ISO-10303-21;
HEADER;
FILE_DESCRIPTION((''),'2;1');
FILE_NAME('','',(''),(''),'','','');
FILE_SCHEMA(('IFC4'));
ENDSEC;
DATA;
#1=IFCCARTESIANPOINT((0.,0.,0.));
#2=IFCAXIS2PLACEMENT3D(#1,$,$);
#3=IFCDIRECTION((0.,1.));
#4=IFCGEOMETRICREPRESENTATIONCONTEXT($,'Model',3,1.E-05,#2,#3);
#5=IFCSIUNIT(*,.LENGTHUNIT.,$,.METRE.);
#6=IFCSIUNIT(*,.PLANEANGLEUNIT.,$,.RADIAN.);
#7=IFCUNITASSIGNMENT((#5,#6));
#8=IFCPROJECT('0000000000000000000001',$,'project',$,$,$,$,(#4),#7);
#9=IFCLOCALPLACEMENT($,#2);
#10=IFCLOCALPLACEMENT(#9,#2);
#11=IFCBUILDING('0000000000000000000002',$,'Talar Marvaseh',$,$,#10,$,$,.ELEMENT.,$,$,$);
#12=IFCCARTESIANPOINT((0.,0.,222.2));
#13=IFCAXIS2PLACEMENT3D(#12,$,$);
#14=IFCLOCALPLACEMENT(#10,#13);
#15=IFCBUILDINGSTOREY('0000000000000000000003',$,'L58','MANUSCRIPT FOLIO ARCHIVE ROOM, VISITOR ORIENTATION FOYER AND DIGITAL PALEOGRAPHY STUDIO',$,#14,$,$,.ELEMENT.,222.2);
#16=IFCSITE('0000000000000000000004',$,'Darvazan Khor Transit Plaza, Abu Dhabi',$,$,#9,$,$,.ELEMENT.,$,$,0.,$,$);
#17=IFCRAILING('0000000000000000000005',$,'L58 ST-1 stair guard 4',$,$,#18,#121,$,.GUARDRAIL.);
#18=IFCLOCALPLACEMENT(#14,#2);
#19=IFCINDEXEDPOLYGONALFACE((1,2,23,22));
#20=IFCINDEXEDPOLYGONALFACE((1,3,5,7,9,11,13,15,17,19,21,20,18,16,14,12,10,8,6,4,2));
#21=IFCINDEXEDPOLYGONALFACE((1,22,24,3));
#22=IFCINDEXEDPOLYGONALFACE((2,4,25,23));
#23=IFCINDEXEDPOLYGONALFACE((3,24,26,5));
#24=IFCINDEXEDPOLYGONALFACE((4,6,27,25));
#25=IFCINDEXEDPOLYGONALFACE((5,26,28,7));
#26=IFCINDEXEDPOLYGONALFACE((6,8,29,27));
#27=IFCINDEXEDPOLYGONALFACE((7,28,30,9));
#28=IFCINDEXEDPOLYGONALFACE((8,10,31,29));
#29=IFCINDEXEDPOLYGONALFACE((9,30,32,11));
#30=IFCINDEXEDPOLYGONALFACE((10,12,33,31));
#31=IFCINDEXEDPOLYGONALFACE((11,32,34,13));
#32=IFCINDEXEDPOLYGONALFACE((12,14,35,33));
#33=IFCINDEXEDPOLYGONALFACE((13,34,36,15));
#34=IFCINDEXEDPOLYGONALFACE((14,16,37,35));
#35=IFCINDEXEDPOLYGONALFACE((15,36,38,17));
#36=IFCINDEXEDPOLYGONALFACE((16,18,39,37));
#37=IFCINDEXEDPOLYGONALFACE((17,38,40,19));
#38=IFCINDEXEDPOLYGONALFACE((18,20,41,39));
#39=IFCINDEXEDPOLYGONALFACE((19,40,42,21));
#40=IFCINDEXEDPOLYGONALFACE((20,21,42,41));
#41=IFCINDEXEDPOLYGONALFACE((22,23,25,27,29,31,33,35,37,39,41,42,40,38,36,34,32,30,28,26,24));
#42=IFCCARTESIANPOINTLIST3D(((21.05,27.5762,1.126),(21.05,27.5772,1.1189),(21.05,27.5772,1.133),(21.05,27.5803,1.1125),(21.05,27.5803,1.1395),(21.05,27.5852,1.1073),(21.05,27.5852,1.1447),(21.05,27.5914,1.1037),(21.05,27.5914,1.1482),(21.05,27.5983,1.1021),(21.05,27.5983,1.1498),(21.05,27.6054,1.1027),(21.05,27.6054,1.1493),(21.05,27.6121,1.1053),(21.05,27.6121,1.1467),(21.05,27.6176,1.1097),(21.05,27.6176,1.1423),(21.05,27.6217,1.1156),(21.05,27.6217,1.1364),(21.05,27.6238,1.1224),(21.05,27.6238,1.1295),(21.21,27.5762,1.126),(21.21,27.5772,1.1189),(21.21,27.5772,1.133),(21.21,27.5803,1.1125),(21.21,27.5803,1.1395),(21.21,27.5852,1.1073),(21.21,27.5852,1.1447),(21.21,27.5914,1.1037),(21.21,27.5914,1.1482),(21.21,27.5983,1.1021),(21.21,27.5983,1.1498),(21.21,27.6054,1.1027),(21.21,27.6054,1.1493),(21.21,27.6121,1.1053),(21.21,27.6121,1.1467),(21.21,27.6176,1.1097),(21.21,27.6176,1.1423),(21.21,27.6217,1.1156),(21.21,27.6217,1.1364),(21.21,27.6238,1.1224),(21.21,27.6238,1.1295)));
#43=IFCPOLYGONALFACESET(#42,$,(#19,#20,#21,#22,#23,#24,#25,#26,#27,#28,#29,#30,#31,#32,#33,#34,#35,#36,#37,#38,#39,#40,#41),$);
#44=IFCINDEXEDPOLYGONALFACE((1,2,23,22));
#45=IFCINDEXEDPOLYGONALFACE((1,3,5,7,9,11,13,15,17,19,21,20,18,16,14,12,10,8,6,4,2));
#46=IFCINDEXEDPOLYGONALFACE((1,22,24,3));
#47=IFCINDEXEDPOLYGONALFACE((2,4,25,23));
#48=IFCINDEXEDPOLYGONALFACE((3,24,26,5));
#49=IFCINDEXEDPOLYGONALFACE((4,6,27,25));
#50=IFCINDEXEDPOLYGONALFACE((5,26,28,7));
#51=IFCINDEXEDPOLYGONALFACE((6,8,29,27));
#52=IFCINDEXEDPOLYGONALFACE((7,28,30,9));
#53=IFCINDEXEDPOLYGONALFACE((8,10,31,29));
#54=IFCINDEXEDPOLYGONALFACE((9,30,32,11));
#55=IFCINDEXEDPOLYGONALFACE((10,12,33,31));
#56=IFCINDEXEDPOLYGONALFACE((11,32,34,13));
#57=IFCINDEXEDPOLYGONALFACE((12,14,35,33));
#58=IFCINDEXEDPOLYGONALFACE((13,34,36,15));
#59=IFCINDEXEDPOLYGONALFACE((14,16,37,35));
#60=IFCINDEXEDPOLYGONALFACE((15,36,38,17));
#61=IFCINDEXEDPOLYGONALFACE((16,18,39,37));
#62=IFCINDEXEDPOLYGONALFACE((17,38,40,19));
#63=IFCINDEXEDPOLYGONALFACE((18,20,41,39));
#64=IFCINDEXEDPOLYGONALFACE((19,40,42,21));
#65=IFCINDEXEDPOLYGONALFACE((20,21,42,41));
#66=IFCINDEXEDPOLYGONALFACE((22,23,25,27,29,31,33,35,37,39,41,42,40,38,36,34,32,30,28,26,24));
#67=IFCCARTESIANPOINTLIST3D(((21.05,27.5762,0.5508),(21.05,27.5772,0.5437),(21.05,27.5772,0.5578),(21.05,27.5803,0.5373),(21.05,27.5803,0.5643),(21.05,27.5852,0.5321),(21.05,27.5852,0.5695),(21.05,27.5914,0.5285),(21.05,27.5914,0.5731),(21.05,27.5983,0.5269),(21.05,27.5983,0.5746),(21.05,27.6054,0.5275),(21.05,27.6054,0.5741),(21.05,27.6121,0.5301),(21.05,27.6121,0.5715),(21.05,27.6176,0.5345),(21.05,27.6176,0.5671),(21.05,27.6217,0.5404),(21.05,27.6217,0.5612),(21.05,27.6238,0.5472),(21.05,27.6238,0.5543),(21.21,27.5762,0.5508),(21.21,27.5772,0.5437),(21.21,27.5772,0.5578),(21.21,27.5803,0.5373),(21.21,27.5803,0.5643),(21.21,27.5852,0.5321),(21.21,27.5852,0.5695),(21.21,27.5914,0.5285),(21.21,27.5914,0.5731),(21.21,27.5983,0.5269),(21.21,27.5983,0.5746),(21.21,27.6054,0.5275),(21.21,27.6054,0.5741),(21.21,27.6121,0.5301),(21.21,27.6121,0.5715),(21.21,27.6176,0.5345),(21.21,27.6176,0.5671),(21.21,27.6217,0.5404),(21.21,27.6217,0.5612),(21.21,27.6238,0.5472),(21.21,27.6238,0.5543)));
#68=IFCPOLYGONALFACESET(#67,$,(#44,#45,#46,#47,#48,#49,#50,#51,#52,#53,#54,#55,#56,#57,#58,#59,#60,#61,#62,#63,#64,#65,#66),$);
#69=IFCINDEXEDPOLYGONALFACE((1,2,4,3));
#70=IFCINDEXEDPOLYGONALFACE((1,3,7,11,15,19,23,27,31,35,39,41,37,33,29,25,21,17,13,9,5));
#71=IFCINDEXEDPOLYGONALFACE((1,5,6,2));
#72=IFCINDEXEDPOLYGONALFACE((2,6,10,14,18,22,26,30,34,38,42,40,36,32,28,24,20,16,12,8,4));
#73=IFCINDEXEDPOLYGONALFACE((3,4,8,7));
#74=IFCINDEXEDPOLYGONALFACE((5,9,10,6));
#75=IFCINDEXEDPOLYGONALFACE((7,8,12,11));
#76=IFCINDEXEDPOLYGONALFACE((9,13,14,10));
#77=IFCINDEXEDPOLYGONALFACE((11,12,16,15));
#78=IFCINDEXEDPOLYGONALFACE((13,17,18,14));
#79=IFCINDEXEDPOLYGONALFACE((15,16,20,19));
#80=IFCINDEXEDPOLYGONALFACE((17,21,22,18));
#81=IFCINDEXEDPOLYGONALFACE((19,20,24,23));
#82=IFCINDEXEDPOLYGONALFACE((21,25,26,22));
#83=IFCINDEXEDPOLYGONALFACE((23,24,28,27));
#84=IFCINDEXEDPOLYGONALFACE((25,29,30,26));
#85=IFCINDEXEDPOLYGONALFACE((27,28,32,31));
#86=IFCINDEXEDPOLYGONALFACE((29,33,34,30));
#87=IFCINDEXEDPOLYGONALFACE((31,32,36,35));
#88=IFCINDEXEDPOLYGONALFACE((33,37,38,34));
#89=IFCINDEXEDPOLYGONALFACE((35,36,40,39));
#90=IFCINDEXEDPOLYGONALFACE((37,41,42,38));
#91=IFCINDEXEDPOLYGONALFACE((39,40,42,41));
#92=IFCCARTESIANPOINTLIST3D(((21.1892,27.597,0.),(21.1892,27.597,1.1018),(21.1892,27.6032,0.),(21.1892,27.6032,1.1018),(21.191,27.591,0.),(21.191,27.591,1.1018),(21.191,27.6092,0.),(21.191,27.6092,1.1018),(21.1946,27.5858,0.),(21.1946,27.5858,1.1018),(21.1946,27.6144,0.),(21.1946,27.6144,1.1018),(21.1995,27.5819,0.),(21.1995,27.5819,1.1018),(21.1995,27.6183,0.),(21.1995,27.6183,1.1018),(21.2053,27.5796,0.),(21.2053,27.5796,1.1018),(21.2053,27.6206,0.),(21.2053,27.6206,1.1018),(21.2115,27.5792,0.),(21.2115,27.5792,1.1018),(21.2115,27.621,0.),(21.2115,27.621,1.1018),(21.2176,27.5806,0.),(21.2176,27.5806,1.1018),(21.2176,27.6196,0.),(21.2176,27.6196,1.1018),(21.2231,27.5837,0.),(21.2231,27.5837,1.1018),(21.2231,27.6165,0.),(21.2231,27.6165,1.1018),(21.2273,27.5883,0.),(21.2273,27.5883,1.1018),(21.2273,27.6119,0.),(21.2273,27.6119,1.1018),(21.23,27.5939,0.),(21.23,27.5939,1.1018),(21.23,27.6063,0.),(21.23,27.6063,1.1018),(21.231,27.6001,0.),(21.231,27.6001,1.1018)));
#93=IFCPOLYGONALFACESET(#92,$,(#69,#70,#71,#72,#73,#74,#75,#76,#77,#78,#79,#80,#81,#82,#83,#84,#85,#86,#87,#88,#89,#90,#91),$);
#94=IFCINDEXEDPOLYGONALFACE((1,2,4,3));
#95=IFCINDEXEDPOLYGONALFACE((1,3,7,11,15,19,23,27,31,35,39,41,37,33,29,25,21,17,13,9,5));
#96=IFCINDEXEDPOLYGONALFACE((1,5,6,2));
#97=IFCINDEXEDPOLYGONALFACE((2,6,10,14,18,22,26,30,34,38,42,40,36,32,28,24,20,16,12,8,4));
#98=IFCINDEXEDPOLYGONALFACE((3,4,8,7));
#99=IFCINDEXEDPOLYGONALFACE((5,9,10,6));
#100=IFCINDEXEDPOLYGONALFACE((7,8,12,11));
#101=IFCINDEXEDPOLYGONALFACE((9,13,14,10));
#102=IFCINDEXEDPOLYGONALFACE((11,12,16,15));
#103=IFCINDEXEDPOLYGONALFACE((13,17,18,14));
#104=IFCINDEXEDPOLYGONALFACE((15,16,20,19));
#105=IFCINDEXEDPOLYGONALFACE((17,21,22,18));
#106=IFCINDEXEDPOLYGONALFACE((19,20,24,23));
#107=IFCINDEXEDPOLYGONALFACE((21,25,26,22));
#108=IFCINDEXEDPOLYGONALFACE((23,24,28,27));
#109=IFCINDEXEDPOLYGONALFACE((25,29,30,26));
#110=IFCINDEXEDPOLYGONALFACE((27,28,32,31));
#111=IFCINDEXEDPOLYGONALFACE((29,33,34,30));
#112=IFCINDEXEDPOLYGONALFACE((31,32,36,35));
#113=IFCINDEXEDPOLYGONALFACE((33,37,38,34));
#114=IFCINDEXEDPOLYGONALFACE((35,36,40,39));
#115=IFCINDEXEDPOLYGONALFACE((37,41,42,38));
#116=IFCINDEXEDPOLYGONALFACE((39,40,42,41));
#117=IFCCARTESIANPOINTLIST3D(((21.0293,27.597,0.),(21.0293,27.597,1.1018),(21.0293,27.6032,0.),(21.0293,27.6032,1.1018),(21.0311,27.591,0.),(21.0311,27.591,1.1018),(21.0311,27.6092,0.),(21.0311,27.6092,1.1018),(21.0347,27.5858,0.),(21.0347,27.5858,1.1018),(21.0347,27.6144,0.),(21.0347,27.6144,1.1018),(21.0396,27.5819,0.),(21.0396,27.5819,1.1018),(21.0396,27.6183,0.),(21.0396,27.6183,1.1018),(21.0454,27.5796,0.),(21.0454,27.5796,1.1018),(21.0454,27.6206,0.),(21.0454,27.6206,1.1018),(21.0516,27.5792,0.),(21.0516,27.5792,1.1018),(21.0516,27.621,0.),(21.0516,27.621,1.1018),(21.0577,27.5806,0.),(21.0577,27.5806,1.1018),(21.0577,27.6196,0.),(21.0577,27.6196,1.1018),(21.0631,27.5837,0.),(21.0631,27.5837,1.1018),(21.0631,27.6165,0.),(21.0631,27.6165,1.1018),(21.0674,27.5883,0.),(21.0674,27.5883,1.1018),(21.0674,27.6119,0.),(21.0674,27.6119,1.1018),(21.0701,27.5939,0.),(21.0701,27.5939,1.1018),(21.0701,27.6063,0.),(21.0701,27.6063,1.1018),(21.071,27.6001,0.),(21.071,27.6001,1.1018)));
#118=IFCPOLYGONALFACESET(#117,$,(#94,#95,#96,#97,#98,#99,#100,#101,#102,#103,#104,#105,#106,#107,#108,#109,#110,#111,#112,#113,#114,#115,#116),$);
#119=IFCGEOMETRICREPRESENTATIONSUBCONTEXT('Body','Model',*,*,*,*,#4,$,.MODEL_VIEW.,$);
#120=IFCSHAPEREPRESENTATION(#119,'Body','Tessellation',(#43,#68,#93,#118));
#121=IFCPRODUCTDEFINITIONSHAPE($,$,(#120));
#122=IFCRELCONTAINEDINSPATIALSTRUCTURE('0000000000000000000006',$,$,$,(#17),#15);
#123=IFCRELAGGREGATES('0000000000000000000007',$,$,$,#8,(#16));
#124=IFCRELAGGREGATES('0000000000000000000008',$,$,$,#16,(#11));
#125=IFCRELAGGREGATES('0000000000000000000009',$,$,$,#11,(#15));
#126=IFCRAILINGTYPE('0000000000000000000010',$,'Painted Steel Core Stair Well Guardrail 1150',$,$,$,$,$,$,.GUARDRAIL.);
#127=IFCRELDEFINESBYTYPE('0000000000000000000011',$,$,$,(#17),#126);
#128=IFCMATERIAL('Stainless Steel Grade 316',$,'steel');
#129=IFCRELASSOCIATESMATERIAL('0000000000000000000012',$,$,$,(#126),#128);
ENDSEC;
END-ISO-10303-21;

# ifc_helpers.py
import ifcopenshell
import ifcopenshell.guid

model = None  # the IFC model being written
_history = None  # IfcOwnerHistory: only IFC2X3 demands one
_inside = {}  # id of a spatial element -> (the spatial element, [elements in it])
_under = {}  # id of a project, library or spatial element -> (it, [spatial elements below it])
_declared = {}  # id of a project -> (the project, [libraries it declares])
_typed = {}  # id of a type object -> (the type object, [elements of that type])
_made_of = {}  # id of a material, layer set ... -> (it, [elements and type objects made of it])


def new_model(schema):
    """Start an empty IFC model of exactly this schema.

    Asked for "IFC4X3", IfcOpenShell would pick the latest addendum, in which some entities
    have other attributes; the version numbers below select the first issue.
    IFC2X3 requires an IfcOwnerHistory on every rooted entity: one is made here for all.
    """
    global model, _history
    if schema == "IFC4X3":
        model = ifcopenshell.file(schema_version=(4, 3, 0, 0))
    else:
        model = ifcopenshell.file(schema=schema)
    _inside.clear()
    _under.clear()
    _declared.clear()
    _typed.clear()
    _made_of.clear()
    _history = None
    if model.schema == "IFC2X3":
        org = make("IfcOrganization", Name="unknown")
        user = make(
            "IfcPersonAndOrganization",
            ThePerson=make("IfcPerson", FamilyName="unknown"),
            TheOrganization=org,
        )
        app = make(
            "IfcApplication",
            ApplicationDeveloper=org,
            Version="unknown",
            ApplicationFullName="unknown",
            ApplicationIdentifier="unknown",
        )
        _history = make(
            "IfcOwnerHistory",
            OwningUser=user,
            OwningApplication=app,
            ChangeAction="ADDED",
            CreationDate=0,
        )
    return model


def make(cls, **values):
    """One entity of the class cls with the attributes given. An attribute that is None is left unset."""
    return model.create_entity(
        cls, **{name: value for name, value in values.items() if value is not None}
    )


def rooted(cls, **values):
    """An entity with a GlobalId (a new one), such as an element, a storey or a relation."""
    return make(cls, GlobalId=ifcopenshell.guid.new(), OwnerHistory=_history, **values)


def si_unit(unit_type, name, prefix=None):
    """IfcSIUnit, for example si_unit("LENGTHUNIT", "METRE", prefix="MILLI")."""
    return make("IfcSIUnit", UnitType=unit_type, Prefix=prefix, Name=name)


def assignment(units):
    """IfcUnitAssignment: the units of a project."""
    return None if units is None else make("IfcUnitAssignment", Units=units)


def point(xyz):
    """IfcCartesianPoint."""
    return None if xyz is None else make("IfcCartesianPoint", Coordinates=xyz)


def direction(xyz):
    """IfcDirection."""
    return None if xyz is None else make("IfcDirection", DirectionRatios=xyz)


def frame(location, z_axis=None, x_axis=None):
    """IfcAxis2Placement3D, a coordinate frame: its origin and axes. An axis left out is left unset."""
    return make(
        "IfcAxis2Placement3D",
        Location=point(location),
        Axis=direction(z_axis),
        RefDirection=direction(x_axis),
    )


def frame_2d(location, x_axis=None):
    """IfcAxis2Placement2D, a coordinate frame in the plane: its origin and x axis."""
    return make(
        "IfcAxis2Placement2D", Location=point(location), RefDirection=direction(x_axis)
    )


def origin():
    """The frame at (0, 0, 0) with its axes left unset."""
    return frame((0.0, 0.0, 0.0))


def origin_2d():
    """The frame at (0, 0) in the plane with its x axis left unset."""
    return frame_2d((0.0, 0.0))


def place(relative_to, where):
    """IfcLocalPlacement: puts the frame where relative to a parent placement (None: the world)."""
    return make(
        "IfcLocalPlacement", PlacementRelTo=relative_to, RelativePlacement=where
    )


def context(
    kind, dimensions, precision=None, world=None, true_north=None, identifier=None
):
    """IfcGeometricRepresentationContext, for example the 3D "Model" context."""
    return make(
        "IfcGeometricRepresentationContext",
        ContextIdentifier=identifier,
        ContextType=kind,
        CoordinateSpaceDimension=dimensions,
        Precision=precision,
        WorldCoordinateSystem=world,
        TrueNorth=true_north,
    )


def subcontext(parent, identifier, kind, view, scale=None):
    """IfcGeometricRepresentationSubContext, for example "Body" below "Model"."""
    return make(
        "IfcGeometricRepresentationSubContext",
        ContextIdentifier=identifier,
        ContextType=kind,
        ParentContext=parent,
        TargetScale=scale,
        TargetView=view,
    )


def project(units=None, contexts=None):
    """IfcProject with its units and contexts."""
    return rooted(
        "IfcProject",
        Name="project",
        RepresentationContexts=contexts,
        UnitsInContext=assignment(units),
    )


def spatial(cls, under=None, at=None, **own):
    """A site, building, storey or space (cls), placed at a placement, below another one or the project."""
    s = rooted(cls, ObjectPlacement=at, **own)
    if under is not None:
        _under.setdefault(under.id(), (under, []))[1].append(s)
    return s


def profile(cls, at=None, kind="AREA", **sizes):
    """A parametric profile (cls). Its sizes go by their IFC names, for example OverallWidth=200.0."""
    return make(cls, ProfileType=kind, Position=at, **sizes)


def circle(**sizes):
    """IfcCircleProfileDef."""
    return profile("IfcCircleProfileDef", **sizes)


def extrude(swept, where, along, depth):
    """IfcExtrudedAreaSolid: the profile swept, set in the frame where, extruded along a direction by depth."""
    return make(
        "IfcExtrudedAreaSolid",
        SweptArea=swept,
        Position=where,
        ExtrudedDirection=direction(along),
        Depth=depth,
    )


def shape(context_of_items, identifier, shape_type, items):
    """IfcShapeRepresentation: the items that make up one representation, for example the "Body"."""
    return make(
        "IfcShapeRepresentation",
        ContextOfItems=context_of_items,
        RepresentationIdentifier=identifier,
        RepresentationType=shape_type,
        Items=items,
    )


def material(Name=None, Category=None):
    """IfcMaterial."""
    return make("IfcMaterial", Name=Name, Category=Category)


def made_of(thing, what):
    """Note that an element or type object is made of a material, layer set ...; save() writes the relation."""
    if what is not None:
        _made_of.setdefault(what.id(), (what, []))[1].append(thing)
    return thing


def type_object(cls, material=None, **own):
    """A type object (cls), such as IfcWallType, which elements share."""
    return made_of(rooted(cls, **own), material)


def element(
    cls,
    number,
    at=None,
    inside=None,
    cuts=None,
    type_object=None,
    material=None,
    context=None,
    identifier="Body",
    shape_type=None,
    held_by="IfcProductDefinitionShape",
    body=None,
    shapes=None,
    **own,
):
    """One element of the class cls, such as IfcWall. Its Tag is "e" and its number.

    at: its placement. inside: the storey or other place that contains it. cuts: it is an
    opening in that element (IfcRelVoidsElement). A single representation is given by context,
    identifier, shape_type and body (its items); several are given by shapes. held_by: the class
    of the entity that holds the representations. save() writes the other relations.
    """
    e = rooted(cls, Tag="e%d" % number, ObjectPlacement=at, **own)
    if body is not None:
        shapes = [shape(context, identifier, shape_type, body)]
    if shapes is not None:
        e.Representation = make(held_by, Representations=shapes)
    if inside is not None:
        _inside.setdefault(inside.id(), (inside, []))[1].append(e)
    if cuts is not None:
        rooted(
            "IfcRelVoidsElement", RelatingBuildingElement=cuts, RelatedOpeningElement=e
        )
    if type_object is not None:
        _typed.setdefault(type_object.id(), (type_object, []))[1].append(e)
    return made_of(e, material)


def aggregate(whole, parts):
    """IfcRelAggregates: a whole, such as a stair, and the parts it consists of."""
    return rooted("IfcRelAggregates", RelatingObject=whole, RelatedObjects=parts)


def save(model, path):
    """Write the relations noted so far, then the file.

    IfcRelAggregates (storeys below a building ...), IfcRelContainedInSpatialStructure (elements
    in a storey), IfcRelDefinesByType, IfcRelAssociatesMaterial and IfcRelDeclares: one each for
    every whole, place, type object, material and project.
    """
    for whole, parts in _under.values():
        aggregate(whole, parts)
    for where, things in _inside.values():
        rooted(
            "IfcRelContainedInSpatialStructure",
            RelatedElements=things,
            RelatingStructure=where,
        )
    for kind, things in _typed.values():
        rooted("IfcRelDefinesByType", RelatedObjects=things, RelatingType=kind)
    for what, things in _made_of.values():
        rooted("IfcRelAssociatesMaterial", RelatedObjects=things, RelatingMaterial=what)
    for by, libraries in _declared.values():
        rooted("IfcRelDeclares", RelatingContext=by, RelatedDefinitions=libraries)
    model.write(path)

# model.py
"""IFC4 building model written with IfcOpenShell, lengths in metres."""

from ifc_helpers import new_model, si_unit, direction, frame, origin, origin_2d, place, context, subcontext, project, spatial, circle, extrude, material, type_object, element, save


model = new_model("IFC4")

# Units and contexts
model_context = context("Model", 3, precision=1e-05, world=origin(), true_north=direction((0.0, 1.0)))
body_context = subcontext(model_context, "Body", "Model", "MODEL_VIEW")
ifc_project = project(units=[si_unit("LENGTHUNIT", "METRE"), si_unit("PLANEANGLEUNIT", "RADIAN")], contexts=[model_context])

# Site, building, storey
site_placement = place(None, origin())
site = spatial("IfcSite", under=ifc_project, at=site_placement, Name="Darvazan Khor Transit Plaza, Abu Dhabi", CompositionType="ELEMENT", RefElevation=0.0)
building_placement = place(site_placement, origin())
building = spatial("IfcBuilding", under=site, at=building_placement, Name="Talar Marvaseh", CompositionType="ELEMENT")
storey_placement = place(building_placement, frame((0.0, 0.0, 222.2)))
storey = spatial("IfcBuildingStorey", under=building, at=storey_placement, Name="L58", Description="MANUSCRIPT FOLIO ARCHIVE ROOM, VISITOR ORIENTATION FOYER AND DIGITAL PALEOGRAPHY STUDIO", CompositionType="ELEMENT", Elevation=222.2)

# Railing
ifc_material_1 = material(Name="Stainless Steel Grade 316", Category="steel")
railing_type_1 = type_object("IfcRailingType", Name="Painted Steel Core Stair Well Guardrail 1150", PredefinedType="GUARDRAIL", material=ifc_material_1)
railing_1_placement = place(storey_placement, frame((21.21, 27.6001, 0.0)))
element("IfcRailing", 1, at=railing_1_placement, inside=storey, type_object=railing_type_1, Name="L58 ST-1 stair guard 4", PredefinedType="GUARDRAIL", context=body_context, shape_type="SweptSolid", body=[
    extrude(circle(Radius=0.0239, at=origin_2d()), frame((0.0, 0.0, 1.126), z_axis=(-1.0, 0.0, 0.0), x_axis=(0.0, -1.0, 0.0)), (0.0, 0.0, 1.0), 0.1599),
    extrude(circle(Radius=0.0239, at=origin_2d()), frame((0.0, 0.0, 0.5508), z_axis=(-1.0, 0.0, 0.0), x_axis=(0.0, -1.0, 0.0)), (0.0, 0.0, 1.0), 0.1599),
    extrude(circle(Radius=0.021, at=origin_2d()), origin(), (0.0, 0.0, 1.0), 1.1018),
    extrude(circle(Radius=0.021, at=origin_2d()), frame((-0.1599, 0.0, 0.0)), (0.0, 0.0, 1.0), 1.1018),
])

save(model, "model.ifc")
